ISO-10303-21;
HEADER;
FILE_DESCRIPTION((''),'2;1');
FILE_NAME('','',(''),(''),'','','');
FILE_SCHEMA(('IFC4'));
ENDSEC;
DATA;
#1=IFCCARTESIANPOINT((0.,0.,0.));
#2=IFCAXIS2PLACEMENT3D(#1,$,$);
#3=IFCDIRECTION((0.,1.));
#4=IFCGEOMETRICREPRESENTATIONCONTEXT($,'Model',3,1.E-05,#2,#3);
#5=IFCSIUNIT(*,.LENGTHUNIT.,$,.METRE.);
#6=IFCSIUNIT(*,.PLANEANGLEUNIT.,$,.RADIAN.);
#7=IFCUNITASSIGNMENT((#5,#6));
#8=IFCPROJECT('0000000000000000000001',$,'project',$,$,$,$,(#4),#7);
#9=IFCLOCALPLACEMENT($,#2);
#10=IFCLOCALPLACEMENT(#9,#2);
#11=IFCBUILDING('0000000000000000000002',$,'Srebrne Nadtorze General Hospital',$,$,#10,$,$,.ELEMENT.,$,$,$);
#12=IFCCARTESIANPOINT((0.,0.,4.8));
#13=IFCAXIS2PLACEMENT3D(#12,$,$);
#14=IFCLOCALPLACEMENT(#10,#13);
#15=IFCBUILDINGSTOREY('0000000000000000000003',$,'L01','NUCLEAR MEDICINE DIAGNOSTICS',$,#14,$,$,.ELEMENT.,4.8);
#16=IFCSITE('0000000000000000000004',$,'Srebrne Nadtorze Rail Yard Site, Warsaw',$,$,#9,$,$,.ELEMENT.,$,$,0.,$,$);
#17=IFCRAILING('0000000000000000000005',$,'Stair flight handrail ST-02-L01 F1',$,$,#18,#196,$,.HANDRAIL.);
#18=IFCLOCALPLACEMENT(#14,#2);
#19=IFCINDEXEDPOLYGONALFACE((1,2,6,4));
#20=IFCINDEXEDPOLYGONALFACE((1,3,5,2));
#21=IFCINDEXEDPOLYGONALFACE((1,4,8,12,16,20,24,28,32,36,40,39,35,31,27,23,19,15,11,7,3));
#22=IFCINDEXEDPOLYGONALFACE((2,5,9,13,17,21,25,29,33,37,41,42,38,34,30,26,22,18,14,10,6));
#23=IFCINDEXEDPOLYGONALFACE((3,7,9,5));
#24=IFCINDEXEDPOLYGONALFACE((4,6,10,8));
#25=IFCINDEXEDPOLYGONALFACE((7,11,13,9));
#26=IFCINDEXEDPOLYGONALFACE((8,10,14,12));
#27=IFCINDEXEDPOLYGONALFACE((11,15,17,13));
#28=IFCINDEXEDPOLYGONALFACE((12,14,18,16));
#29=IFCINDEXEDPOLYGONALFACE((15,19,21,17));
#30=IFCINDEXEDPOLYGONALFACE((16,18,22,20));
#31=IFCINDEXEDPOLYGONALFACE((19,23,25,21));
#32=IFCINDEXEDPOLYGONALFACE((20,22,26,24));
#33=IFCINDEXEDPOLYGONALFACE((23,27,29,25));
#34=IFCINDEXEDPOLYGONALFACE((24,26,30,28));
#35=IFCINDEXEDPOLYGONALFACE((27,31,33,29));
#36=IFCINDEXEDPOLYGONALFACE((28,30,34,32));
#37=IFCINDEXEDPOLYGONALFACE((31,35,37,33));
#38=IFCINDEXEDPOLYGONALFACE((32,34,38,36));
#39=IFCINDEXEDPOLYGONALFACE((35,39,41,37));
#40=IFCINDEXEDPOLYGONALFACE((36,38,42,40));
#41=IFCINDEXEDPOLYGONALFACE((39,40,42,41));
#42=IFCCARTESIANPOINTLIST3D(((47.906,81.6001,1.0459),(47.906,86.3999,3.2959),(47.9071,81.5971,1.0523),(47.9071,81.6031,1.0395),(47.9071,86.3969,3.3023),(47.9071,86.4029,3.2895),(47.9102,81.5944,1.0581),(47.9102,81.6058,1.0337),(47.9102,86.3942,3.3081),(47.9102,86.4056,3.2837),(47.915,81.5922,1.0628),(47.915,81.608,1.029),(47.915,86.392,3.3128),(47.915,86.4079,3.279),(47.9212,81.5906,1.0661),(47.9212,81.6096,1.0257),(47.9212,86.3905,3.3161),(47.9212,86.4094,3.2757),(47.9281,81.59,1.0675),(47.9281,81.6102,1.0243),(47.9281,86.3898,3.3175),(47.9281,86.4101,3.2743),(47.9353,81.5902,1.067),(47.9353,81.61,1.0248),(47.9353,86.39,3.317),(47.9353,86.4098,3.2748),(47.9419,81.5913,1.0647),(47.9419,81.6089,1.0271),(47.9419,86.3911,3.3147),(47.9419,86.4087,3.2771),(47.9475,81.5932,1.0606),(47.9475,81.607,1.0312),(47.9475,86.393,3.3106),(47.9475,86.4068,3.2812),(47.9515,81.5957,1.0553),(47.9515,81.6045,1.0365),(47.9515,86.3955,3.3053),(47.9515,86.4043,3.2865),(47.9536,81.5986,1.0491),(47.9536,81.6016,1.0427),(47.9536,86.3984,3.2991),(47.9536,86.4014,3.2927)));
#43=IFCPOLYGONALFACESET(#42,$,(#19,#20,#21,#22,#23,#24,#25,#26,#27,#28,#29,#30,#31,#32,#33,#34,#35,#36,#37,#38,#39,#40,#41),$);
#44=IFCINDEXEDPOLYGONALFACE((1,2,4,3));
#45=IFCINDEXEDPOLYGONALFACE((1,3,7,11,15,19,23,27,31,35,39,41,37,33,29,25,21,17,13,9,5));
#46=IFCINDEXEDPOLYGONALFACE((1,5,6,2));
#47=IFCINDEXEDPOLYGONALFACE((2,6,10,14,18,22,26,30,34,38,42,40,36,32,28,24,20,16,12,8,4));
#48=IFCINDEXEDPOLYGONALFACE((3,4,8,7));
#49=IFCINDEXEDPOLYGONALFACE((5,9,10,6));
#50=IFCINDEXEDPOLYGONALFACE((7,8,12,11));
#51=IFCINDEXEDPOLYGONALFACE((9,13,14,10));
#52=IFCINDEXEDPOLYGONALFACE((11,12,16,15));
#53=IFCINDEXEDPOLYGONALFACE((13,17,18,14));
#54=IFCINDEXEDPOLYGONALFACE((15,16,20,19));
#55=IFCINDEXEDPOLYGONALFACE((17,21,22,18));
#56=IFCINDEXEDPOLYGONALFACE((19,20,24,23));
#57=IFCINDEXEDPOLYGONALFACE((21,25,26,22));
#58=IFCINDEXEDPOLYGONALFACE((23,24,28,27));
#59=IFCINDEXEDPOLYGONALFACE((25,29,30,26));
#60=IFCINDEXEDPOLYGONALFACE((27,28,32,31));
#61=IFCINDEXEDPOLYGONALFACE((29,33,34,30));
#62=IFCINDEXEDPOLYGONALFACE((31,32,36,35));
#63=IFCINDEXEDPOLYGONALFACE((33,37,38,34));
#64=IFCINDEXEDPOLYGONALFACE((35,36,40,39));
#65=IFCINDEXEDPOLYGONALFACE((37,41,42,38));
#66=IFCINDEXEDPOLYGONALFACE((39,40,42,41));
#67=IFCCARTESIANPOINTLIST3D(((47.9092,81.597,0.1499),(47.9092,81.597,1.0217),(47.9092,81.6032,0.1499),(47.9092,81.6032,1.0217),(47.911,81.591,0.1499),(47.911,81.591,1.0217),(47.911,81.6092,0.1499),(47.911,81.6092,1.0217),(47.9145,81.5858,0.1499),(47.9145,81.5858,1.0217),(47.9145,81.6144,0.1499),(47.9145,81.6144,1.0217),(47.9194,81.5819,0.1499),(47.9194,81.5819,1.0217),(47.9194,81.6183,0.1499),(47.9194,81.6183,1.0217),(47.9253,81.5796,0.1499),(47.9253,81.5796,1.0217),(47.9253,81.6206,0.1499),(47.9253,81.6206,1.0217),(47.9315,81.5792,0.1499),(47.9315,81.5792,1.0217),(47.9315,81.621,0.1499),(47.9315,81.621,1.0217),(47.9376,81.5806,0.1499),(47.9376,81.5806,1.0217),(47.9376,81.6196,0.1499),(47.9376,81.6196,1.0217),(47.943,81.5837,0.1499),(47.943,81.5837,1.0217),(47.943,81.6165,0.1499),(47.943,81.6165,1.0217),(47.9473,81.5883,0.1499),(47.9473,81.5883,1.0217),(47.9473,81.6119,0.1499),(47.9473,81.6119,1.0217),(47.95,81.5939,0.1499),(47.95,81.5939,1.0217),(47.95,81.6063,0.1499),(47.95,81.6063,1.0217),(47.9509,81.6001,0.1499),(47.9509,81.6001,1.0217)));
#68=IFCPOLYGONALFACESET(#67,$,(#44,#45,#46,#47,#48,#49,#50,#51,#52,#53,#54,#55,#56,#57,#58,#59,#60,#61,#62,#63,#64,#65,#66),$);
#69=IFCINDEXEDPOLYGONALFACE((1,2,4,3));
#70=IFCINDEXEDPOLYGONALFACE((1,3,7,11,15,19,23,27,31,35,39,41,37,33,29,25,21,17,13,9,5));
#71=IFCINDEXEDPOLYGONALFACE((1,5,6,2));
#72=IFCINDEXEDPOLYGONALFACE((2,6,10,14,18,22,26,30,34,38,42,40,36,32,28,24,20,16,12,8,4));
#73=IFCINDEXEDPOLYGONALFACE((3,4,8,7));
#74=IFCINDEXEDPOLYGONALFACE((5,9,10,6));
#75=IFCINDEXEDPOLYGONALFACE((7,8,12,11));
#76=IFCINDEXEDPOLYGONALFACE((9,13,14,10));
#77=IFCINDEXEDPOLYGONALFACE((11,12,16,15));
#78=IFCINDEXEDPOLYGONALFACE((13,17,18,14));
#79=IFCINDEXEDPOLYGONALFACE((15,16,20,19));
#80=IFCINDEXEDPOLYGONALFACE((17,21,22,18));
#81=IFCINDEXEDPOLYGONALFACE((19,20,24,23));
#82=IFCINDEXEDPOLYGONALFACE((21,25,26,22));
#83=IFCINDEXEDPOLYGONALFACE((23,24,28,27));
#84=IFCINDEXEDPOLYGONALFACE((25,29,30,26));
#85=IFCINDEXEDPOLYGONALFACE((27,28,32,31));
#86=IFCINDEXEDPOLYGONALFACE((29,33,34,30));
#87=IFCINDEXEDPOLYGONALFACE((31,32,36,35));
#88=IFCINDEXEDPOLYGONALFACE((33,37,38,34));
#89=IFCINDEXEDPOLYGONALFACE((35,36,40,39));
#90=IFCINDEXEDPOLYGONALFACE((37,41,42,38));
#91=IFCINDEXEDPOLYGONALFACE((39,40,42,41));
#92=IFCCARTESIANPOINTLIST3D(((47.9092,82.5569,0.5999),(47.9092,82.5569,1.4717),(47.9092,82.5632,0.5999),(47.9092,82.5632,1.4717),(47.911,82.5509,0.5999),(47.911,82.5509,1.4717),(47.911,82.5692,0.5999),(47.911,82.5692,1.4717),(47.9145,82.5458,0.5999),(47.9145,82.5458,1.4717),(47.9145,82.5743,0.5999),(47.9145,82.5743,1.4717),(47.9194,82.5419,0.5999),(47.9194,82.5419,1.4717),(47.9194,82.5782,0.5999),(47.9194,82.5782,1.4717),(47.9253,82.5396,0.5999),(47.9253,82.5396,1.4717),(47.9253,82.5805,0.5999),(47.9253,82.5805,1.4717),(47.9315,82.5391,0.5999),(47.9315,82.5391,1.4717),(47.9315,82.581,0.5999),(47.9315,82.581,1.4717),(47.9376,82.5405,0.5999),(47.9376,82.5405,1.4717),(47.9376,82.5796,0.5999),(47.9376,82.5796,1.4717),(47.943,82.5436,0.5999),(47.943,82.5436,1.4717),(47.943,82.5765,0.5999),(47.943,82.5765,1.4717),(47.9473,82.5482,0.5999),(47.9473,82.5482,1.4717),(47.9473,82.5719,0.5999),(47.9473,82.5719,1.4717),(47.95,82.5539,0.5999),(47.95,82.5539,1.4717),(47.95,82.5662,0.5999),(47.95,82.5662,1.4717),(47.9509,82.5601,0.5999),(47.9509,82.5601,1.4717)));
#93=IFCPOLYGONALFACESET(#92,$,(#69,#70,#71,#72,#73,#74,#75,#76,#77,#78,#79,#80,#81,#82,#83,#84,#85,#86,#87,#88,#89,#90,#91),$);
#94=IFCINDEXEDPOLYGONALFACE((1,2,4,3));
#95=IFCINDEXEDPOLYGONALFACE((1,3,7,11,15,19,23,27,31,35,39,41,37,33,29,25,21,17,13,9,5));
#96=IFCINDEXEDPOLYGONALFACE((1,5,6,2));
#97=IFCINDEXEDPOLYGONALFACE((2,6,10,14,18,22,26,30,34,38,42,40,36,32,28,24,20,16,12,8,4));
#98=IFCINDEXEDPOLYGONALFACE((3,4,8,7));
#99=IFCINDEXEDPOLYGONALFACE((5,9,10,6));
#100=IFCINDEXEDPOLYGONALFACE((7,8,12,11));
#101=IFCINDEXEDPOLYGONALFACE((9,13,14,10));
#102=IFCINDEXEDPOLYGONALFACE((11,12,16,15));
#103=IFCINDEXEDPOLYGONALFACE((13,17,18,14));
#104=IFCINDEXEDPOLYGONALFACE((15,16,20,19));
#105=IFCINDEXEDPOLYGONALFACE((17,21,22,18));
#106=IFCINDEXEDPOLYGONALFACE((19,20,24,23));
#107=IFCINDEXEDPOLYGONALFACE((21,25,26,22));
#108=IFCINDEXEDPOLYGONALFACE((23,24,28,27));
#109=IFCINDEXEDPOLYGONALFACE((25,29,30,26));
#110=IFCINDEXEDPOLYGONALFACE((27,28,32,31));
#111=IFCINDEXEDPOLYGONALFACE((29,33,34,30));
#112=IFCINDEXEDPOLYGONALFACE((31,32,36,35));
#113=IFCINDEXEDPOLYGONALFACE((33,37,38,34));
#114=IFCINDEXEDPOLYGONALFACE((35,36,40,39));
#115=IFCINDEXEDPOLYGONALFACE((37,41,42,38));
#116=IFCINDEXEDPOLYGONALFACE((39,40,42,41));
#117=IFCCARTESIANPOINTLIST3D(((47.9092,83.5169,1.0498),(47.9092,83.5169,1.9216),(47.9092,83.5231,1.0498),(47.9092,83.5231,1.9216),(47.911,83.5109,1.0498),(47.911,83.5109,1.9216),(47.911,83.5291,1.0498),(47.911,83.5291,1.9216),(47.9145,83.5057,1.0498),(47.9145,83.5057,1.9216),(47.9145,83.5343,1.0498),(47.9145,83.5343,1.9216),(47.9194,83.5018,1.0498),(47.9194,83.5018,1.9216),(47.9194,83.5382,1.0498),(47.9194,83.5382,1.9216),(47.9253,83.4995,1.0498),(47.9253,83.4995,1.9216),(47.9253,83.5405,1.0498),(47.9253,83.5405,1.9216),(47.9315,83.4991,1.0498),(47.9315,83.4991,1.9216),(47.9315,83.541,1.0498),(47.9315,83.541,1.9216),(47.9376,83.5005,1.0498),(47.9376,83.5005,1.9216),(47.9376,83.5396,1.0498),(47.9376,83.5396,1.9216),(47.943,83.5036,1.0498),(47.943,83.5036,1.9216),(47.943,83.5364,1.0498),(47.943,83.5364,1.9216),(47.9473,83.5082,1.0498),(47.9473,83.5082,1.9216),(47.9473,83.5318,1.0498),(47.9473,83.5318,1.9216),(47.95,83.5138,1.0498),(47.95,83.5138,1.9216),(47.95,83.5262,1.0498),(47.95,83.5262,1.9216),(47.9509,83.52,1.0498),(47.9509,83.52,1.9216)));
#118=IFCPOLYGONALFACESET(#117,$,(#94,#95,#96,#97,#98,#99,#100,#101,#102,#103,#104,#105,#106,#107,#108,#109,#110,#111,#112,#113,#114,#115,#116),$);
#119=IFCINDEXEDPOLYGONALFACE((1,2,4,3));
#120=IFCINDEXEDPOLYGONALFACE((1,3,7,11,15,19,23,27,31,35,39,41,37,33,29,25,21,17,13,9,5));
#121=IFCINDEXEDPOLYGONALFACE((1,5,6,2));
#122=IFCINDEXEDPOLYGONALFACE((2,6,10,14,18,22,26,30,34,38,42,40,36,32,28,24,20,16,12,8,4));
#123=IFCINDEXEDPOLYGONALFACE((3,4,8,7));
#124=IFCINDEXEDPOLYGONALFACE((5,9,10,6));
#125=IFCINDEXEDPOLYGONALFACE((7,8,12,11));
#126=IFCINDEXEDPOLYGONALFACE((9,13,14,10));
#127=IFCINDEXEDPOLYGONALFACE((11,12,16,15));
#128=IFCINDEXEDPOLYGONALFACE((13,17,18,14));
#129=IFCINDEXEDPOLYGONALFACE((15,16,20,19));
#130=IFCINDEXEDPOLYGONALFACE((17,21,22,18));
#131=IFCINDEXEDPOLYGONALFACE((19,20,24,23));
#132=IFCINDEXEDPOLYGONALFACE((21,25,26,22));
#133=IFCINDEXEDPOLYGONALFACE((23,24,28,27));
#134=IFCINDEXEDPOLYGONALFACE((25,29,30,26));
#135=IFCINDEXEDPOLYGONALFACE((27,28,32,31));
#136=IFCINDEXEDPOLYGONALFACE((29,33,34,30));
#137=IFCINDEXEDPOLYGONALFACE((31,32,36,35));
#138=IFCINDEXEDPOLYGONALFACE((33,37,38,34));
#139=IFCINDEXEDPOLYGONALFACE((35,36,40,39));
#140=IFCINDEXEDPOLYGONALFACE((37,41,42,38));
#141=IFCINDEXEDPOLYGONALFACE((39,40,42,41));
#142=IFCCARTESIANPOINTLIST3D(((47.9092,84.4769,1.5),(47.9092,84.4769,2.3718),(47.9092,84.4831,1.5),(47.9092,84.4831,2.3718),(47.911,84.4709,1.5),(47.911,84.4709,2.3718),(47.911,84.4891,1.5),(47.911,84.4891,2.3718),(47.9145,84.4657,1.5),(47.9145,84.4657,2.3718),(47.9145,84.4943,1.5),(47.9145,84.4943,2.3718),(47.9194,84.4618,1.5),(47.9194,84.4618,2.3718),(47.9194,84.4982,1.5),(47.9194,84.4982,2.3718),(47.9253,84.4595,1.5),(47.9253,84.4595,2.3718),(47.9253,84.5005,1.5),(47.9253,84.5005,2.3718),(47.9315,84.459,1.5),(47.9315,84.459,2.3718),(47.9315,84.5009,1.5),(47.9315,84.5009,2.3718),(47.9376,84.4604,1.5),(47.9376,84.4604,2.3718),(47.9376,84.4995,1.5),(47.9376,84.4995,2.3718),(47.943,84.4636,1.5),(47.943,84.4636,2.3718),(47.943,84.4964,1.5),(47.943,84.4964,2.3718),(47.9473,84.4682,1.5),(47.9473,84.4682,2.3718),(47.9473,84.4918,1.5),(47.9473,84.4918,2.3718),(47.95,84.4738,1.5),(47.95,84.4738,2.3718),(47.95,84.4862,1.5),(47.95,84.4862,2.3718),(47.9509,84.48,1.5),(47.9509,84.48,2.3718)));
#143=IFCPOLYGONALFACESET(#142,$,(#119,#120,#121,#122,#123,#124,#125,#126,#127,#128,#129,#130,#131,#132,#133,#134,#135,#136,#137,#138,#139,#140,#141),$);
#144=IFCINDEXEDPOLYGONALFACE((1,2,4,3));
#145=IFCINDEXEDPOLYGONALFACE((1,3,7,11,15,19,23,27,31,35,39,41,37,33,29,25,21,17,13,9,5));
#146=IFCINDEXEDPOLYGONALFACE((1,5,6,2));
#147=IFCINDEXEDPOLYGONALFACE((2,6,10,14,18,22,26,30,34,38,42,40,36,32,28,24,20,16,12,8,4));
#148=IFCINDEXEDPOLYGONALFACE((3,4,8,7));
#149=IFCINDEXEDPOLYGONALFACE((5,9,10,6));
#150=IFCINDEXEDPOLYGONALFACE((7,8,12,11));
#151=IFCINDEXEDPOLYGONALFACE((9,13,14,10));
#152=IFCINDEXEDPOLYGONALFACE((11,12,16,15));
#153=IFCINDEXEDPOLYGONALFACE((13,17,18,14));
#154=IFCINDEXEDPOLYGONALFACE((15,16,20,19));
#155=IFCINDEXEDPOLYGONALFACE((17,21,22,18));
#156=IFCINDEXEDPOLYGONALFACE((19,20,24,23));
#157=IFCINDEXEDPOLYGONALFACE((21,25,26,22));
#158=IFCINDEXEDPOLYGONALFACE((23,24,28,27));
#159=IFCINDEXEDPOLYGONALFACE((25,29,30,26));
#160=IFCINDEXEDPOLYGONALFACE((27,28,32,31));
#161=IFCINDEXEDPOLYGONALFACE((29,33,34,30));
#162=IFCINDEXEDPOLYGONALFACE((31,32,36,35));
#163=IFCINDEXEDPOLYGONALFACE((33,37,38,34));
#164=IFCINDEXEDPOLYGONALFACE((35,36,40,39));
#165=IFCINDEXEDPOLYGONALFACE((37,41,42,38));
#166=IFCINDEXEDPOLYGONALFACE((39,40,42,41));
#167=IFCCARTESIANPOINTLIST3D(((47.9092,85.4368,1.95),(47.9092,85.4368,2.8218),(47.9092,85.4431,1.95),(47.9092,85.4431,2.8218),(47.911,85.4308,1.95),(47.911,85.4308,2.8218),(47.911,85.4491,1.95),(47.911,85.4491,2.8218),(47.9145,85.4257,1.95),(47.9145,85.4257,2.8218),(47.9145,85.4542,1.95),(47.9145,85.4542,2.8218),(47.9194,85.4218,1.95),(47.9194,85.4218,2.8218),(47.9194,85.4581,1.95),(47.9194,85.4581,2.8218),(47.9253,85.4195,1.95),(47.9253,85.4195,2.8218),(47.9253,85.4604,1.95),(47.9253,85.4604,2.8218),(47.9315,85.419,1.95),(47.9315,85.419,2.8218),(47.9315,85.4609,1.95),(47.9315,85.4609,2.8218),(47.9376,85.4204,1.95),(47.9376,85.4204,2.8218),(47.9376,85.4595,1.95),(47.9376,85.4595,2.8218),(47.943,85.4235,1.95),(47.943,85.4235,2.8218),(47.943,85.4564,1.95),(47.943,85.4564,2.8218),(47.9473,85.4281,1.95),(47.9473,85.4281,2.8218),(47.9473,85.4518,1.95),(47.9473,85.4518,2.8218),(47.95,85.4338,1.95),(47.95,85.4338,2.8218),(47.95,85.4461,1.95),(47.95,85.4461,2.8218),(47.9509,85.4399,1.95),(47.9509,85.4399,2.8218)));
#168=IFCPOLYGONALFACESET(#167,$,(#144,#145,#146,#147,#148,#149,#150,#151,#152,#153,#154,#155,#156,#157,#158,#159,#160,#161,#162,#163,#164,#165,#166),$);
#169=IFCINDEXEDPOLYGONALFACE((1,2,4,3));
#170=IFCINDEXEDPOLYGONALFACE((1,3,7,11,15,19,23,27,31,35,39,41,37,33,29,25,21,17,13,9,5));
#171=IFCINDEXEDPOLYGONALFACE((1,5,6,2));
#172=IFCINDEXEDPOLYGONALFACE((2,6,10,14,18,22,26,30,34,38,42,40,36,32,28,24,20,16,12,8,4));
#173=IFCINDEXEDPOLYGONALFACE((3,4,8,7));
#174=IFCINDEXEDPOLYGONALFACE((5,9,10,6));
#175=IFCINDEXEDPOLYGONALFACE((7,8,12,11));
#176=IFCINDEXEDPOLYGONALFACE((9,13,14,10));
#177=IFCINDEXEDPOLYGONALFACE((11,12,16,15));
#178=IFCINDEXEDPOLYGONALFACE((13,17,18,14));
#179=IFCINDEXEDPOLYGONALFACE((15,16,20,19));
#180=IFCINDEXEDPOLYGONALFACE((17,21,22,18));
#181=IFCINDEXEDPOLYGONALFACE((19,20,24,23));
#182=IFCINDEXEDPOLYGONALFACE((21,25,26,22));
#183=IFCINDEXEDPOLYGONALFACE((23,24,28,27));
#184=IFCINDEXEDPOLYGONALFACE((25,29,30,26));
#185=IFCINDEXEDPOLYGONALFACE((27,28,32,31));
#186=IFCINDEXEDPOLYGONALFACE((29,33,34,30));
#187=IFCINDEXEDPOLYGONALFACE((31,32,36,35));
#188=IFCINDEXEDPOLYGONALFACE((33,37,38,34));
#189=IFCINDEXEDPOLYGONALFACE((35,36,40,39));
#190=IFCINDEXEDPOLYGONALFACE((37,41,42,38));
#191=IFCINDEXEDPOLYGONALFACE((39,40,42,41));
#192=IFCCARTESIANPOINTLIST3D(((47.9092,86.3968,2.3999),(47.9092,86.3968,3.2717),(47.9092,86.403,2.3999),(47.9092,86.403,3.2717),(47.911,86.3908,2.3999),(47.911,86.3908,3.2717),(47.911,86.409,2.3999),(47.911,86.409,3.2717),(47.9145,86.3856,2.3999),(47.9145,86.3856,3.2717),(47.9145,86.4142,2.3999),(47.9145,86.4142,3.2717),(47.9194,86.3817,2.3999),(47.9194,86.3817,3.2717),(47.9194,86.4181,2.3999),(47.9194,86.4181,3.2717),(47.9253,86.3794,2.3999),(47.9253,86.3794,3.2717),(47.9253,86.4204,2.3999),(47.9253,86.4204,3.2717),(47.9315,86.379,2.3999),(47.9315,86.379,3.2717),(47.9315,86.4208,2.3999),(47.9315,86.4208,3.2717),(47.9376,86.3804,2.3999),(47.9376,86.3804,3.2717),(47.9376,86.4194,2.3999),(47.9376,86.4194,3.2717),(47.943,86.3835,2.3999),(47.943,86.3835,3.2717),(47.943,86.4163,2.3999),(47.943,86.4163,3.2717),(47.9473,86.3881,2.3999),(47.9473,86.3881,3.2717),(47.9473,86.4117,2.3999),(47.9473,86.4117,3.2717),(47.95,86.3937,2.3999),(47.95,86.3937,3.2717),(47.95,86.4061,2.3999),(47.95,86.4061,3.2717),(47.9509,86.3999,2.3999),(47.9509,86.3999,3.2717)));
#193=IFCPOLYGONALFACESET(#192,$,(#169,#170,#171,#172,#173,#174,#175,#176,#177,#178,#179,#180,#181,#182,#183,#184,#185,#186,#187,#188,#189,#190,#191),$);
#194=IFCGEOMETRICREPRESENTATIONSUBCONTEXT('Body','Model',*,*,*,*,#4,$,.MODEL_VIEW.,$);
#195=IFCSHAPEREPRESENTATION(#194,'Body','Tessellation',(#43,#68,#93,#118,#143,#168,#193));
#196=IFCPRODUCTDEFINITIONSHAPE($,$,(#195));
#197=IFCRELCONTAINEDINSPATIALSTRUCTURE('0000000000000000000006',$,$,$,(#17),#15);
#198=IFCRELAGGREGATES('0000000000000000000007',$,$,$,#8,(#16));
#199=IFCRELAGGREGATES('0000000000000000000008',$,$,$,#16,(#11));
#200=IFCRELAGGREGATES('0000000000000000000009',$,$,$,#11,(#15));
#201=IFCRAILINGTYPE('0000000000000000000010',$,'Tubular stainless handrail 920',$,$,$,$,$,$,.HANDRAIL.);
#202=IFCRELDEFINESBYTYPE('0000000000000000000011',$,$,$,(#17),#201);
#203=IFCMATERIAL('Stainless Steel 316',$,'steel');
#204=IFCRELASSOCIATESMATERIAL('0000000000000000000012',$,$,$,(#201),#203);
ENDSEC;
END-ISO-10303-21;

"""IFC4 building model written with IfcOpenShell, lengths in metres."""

from ifc_helpers import new_model, si_unit, direction, frame, origin, origin_2d, place, context, subcontext, project, spatial, circle, extrude, material, type_object, element, save


model = new_model("IFC4")

# Units and contexts
model_context = context("Model", 3, precision=1e-05, world=origin(), true_north=direction((0.0, 1.0)))
body_context = subcontext(model_context, "Body", "Model", "MODEL_VIEW")
ifc_project = project(units=[si_unit("LENGTHUNIT", "METRE"), si_unit("PLANEANGLEUNIT", "RADIAN")], contexts=[model_context])

# Site, building, storey
site_placement = place(None, origin())
site = spatial("IfcSite", under=ifc_project, at=site_placement, Name="Srebrne Nadtorze Rail Yard Site, Warsaw", CompositionType="ELEMENT", RefElevation=0.0)
building_placement = place(site_placement, origin())
building = spatial("IfcBuilding", under=site, at=building_placement, Name="Srebrne Nadtorze General Hospital", CompositionType="ELEMENT")
storey_placement = place(building_placement, frame((0.0, 0.0, 4.8)))
storey = spatial("IfcBuildingStorey", under=building, at=storey_placement, Name="L01", Description="NUCLEAR MEDICINE DIAGNOSTICS", CompositionType="ELEMENT", Elevation=4.8)

# Railing
ifc_material_1 = material(Name="Stainless Steel 316", Category="steel")
railing_type_1 = type_object("IfcRailingType", Name="Tubular stainless handrail 920", PredefinedType="HANDRAIL", material=ifc_material_1)
railing_1_placement = place(storey_placement, frame((47.9299, 81.6001, 0.1499)))
element("IfcRailing", 1, at=railing_1_placement, inside=storey, type_object=railing_type_1, Name="Stair flight handrail ST-02-L01 F1", PredefinedType="HANDRAIL", context=body_context, shape_type="SweptSolid", body=[
    extrude(circle(Radius=0.0239, at=origin_2d()), frame((0.0, 0.0, 0.896), z_axis=(0.0, 0.905452, 0.424448), x_axis=(-1.0, 0.0, 0.0)), (0.0, 0.0, 1.0), 5.301),
    extrude(circle(Radius=0.021, at=origin_2d()), origin(), (0.0, 0.0, 1.0), 0.8718),
    extrude(circle(Radius=0.021, at=origin_2d()), frame((0.0, 0.96, 0.45)), (0.0, 0.0, 1.0), 0.8718),
    extrude(circle(Radius=0.021, at=origin_2d()), frame((0.0, 1.9199, 0.8999)), (0.0, 0.0, 1.0), 0.8718),
    extrude(circle(Radius=0.021, at=origin_2d()), frame((0.0, 2.8799, 1.3501)), (0.0, 0.0, 1.0), 0.8718),
    extrude(circle(Radius=0.021, at=origin_2d()), frame((0.0, 3.8398, 1.8)), (0.0, 0.0, 1.0), 0.8718),
    extrude(circle(Radius=0.021, at=origin_2d()), frame((0.0, 4.7998, 2.25)), (0.0, 0.0, 1.0), 0.8718),
])

save(model, "model.ifc")
